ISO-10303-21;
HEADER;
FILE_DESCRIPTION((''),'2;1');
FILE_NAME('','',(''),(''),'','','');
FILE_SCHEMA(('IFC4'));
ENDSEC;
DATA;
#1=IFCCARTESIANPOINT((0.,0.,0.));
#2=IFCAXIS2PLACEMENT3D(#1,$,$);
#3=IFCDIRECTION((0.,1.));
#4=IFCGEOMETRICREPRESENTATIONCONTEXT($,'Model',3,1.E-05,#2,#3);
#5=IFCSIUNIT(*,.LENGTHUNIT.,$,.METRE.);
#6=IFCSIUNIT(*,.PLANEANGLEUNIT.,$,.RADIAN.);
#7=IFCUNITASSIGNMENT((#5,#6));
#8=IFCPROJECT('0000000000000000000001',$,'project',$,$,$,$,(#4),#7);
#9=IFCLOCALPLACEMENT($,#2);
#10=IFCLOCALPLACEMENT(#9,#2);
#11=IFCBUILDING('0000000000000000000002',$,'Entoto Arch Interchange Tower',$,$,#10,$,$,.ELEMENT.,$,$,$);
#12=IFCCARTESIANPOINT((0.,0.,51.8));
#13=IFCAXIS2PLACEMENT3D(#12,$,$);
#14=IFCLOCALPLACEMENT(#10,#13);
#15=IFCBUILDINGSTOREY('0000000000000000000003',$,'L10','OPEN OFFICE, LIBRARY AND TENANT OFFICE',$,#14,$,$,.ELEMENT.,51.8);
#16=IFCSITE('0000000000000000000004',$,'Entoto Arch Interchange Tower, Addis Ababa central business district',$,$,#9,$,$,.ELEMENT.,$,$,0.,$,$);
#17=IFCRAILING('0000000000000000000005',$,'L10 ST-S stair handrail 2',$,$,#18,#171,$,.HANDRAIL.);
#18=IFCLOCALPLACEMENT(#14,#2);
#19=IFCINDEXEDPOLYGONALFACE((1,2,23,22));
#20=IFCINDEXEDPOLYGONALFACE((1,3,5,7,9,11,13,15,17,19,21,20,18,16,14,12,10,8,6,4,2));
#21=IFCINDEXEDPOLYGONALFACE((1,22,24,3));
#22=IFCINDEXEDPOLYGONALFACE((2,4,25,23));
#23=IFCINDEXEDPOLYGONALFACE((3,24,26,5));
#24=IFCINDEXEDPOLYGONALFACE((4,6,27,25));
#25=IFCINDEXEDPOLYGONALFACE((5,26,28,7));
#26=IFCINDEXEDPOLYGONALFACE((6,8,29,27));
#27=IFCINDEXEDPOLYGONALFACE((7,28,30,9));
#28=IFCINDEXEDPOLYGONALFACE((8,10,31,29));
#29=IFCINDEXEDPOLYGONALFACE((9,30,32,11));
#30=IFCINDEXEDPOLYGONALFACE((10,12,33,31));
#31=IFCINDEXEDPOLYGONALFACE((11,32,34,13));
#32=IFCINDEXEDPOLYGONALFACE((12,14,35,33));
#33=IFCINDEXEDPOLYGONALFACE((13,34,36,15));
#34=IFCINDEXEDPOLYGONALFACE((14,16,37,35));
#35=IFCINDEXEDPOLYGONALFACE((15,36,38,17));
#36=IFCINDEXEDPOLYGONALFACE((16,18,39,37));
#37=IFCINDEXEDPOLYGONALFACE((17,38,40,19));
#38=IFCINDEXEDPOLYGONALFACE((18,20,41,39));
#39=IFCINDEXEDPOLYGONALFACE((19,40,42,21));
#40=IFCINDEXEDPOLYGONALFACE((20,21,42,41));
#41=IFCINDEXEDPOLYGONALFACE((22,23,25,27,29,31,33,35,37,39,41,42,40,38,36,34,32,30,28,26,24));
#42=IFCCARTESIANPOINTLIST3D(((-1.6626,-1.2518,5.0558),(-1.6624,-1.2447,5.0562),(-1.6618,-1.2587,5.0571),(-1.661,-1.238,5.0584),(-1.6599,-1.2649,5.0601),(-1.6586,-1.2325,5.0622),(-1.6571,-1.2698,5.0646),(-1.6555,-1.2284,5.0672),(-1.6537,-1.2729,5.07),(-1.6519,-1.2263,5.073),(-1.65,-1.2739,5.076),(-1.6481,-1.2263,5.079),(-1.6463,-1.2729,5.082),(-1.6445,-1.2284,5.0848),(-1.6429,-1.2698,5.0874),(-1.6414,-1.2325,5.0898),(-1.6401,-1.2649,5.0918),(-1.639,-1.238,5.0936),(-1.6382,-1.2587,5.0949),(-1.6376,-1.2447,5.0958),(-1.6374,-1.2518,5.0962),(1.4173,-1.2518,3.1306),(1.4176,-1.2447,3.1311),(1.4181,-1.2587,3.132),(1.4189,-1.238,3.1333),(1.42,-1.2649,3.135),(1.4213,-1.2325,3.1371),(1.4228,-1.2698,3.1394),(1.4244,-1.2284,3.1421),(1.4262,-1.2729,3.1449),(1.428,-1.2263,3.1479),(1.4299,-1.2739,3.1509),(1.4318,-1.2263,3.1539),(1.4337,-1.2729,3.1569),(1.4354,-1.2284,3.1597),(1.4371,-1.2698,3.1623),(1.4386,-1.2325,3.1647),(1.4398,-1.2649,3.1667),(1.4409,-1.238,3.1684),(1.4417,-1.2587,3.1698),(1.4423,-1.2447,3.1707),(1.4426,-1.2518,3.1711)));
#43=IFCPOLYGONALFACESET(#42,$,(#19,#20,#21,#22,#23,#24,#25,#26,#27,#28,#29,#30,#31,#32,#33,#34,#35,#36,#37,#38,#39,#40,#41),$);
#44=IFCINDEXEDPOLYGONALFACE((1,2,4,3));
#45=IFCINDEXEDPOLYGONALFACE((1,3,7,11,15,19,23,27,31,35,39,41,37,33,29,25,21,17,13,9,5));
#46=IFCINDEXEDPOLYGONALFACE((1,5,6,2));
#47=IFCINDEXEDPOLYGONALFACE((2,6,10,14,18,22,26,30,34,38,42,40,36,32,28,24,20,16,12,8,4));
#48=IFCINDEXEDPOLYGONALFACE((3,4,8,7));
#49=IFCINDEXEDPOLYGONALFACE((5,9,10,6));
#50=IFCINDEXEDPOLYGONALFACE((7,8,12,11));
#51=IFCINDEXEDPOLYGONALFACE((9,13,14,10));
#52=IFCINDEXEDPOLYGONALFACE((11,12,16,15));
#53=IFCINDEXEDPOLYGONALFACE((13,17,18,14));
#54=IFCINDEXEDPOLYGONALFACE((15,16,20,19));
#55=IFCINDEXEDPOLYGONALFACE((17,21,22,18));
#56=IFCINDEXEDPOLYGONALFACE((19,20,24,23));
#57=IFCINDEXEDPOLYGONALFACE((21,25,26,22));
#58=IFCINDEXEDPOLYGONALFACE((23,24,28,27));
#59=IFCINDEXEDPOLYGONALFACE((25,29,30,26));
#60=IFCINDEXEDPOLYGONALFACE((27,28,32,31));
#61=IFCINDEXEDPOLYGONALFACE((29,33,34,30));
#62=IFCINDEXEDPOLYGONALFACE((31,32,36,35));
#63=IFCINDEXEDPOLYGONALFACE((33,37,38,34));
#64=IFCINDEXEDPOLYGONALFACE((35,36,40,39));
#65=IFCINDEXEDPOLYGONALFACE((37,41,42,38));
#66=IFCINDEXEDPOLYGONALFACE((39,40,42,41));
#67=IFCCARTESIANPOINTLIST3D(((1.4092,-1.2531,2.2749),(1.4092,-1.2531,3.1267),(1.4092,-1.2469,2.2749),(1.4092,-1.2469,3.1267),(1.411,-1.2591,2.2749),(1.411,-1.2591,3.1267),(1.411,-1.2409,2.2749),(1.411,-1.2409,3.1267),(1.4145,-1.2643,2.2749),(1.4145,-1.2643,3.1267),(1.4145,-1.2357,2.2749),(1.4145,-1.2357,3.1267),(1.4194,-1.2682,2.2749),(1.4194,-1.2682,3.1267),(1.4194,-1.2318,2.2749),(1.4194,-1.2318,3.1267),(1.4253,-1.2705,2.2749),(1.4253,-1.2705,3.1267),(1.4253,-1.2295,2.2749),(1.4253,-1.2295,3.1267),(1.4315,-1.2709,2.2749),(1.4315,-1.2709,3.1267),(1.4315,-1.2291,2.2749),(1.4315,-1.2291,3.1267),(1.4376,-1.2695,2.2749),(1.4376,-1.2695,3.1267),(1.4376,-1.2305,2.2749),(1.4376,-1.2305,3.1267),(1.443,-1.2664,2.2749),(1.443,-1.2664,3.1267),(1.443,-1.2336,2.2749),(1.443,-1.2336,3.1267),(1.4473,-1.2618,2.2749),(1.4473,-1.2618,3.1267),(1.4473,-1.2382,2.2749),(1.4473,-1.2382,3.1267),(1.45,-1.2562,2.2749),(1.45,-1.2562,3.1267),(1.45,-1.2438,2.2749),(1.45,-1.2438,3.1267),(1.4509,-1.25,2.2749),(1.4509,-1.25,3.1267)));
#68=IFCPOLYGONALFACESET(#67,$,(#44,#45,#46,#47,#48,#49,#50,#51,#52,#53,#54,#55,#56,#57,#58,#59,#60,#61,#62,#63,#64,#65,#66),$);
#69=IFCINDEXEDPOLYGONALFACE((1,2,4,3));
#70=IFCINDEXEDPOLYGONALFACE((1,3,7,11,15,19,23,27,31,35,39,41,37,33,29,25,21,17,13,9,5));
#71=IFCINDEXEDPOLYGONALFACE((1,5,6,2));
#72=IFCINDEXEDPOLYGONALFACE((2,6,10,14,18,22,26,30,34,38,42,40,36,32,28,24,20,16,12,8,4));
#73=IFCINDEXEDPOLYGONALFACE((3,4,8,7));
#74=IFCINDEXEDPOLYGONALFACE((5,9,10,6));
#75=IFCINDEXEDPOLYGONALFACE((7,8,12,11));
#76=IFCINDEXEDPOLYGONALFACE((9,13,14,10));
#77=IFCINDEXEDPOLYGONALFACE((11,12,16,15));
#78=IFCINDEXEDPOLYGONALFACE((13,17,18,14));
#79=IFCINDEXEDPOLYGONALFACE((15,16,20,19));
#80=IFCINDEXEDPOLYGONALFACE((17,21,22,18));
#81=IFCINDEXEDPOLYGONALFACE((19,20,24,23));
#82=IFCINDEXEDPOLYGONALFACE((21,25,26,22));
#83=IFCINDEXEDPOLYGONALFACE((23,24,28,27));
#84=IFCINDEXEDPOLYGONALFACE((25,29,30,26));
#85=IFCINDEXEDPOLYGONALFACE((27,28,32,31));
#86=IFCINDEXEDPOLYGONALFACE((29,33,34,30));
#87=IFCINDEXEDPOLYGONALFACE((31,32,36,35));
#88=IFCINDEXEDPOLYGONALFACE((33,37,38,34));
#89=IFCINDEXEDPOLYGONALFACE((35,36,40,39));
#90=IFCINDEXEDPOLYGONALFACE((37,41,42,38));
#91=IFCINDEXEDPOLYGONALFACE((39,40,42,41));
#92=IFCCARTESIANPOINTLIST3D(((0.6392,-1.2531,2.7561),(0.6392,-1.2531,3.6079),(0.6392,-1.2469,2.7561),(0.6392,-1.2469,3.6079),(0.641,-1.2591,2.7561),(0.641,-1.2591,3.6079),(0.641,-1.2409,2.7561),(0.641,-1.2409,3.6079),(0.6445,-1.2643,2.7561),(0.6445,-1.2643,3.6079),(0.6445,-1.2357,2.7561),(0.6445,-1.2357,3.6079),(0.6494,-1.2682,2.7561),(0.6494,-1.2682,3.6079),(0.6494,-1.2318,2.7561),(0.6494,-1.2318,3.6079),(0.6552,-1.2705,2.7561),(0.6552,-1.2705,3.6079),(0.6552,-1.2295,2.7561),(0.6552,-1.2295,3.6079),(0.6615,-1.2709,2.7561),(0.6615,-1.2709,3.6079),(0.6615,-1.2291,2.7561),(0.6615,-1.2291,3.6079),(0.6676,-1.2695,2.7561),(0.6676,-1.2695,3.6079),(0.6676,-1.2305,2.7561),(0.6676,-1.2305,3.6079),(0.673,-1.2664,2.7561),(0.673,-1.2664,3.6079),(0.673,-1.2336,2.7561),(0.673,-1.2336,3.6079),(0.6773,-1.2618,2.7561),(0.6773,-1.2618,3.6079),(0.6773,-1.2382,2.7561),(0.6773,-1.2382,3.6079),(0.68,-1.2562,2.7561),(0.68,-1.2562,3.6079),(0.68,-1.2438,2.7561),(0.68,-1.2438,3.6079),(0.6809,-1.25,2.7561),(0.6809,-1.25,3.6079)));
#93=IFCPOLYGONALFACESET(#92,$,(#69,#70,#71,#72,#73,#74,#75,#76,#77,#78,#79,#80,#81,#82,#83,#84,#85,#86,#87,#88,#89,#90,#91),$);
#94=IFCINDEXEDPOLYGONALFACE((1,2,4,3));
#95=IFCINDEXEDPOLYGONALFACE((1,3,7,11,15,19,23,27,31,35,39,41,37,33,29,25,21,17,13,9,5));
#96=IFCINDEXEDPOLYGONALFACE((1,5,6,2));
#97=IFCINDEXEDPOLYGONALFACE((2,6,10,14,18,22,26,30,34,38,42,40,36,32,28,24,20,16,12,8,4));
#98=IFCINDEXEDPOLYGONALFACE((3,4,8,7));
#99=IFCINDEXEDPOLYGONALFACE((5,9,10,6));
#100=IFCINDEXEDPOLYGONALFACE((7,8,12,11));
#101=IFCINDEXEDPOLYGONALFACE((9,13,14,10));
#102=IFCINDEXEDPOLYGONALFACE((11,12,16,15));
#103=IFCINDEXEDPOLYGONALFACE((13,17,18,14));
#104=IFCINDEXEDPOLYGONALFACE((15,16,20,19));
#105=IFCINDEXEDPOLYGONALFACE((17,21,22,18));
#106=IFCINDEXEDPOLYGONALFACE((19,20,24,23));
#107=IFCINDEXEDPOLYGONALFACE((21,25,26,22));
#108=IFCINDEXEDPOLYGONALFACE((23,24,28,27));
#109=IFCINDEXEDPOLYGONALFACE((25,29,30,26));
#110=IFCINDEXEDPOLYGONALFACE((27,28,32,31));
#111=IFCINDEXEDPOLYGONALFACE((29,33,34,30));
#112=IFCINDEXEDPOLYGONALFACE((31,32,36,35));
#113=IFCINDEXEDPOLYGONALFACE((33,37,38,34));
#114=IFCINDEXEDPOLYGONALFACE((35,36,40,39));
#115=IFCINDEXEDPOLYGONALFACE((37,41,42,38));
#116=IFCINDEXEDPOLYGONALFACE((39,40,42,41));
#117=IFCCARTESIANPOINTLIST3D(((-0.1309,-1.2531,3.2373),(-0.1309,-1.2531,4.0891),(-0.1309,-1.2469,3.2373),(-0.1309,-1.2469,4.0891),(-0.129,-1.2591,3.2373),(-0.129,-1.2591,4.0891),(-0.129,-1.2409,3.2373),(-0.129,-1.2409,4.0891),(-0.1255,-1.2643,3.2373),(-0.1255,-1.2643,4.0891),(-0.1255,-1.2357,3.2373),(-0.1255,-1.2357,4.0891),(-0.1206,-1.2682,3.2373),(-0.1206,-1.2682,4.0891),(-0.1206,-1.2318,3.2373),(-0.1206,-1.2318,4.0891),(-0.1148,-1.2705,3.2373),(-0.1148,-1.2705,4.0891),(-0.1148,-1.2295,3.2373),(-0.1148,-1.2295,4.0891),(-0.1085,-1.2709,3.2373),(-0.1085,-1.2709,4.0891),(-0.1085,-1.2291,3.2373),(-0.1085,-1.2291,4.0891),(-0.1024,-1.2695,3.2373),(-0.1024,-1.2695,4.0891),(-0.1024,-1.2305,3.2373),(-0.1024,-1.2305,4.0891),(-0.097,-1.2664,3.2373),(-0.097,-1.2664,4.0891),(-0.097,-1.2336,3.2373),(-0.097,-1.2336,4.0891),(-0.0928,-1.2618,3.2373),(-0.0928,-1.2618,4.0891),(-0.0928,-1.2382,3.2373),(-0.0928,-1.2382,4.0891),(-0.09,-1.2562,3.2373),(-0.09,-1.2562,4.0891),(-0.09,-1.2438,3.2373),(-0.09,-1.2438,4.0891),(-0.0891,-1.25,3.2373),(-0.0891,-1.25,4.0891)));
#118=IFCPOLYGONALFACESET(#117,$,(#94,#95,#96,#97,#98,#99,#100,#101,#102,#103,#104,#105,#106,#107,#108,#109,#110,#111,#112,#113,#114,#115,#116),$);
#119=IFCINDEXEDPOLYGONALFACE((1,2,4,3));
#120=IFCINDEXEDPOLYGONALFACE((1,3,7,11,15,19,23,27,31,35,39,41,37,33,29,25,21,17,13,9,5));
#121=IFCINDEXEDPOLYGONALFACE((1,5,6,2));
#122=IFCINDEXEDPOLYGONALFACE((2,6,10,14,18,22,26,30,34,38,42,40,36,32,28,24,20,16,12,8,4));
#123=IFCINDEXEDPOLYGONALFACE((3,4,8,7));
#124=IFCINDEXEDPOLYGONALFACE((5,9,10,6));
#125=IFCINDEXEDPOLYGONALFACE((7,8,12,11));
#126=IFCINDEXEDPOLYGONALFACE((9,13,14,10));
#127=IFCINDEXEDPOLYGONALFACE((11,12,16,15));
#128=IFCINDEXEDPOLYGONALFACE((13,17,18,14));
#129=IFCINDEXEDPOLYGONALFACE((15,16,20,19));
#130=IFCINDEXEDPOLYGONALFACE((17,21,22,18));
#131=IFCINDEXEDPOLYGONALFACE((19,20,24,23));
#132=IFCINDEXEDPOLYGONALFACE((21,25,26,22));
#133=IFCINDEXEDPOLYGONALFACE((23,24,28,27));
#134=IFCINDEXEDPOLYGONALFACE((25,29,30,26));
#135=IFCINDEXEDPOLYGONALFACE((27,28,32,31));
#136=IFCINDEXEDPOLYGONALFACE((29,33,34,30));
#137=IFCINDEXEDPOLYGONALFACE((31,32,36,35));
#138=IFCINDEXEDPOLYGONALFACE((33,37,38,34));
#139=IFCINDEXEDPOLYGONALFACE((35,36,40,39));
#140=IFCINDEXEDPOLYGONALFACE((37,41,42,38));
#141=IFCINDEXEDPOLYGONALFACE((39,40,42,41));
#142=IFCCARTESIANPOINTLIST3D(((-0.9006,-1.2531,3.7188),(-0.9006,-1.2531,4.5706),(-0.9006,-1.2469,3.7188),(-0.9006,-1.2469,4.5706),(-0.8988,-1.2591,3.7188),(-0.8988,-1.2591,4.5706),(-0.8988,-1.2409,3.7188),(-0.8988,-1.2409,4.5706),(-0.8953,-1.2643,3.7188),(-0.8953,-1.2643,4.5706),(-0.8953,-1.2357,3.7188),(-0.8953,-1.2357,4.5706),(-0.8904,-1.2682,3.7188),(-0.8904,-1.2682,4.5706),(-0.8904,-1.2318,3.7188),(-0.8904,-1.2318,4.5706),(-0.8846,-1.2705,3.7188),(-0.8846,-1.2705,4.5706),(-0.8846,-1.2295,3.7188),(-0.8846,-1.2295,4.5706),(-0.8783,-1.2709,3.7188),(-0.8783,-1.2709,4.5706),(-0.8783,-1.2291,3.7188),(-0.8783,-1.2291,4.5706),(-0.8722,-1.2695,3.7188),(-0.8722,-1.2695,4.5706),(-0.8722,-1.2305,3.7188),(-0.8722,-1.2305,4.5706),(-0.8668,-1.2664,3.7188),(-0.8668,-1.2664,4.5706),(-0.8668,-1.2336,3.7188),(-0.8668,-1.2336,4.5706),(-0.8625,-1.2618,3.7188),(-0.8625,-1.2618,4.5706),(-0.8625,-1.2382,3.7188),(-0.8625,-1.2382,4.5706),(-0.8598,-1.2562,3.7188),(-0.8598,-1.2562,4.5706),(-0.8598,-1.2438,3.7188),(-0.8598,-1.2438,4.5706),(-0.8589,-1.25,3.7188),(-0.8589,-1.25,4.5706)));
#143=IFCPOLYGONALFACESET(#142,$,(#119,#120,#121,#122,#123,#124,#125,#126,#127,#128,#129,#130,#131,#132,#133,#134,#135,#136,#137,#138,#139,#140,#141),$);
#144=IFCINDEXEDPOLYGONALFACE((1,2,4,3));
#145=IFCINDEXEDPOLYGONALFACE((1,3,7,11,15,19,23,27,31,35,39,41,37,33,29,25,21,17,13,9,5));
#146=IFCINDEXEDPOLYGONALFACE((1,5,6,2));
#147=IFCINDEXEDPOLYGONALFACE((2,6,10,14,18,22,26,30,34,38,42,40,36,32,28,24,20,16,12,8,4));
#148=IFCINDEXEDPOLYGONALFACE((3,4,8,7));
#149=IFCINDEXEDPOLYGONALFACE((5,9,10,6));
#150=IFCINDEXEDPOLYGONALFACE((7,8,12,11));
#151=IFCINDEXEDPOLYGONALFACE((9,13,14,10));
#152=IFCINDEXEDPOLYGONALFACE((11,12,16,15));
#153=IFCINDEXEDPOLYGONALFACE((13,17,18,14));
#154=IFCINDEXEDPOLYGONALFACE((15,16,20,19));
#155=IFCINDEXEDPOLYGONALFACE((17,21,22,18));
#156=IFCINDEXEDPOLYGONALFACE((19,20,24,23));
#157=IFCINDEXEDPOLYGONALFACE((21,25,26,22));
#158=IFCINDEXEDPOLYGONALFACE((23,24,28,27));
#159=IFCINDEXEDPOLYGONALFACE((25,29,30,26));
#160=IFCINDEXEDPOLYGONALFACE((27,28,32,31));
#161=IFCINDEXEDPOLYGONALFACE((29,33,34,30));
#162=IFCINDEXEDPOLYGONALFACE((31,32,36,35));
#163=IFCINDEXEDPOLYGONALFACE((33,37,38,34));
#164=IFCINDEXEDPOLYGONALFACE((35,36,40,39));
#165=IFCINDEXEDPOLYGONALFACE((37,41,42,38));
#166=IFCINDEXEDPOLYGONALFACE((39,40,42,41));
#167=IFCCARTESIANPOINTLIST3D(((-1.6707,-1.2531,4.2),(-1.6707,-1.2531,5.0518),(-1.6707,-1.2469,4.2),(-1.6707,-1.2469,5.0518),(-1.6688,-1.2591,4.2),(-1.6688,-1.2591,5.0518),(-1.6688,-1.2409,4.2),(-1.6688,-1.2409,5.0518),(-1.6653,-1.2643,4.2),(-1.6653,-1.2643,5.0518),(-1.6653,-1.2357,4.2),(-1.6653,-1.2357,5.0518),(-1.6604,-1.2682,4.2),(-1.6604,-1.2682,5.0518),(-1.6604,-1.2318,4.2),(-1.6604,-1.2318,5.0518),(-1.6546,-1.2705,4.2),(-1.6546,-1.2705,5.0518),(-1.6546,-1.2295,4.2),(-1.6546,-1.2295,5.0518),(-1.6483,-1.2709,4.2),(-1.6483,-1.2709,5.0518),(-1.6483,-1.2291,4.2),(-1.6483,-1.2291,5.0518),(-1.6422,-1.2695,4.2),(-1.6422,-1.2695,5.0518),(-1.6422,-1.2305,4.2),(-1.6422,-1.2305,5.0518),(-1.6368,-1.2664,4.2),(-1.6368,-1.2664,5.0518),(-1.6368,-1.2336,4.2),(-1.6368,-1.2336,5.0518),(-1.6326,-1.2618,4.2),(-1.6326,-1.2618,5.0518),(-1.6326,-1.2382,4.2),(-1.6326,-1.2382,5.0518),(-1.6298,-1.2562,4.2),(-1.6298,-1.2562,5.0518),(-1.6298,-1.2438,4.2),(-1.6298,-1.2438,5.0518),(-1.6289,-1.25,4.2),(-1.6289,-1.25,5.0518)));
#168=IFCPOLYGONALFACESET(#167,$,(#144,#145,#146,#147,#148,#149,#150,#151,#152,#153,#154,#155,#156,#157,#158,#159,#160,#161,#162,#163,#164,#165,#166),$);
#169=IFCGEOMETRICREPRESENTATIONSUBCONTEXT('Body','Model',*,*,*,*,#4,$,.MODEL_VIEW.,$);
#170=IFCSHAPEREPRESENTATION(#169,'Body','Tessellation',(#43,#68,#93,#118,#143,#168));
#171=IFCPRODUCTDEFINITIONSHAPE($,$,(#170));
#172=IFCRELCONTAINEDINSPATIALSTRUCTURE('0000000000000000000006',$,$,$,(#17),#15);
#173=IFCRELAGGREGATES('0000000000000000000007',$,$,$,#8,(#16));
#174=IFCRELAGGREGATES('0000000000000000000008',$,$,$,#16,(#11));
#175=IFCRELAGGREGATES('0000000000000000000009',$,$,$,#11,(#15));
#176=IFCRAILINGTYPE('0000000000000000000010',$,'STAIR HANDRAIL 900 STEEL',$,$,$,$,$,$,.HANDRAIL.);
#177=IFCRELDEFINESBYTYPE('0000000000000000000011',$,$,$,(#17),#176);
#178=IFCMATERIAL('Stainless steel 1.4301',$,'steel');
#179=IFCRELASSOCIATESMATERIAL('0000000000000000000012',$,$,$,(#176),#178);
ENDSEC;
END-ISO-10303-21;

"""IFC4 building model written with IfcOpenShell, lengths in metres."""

from ifc_helpers import new_model, si_unit, direction, frame, origin, origin_2d, place, context, subcontext, project, spatial, circle, extrude, material, type_object, element, save


model = new_model("IFC4")

# Units and contexts
model_context = context("Model", 3, precision=1e-05, world=origin(), true_north=direction((0.0, 1.0)))
body_context = subcontext(model_context, "Body", "Model", "MODEL_VIEW")
ifc_project = project(units=[si_unit("LENGTHUNIT", "METRE"), si_unit("PLANEANGLEUNIT", "RADIAN")], contexts=[model_context])

# Site, building, storey
site_placement = place(None, origin())
site = spatial("IfcSite", under=ifc_project, at=site_placement, Name="Entoto Arch Interchange Tower, Addis Ababa central business district", CompositionType="ELEMENT", RefElevation=0.0)
building_placement = place(site_placement, origin())
building = spatial("IfcBuilding", under=site, at=building_placement, Name="Entoto Arch Interchange Tower", CompositionType="ELEMENT")
storey_placement = place(building_placement, frame((0.0, 0.0, 51.8)))
storey = spatial("IfcBuildingStorey", under=building, at=storey_placement, Name="L10", Description="OPEN OFFICE, LIBRARY AND TENANT OFFICE", CompositionType="ELEMENT", Elevation=51.8)

# Railing
ifc_material_1 = material(Name="Stainless steel 1.4301", Category="steel")
railing_type_1 = type_object("IfcRailingType", Name="STAIR HANDRAIL 900 STEEL", PredefinedType="HANDRAIL", material=ifc_material_1)
railing_1_placement = place(storey_placement, frame((1.4299, -1.25, 2.2749)))
element("IfcRailing", 1, at=railing_1_placement, inside=storey, type_object=railing_type_1, Name="L10 ST-S stair handrail 2", PredefinedType="HANDRAIL", context=body_context, shape_type="SweptSolid", body=[
    extrude(circle(Radius=0.0239, at=origin_2d()), frame((0.0, 0.0, 0.876), z_axis=(-0.847979, 0.0, 0.530029), x_axis=(0.0, -1.0, 0.0)), (0.0, 0.0, 1.0), 3.6321),
    extrude(circle(Radius=0.021, at=origin_2d()), origin(), (0.0, 0.0, 1.0), 0.8518),
    extrude(circle(Radius=0.021, at=origin_2d()), frame((-0.77, 0.0, 0.4812)), (0.0, 0.0, 1.0), 0.8518),
    extrude(circle(Radius=0.021, at=origin_2d()), frame((-1.54, 0.0, 0.9624)), (0.0, 0.0, 1.0), 0.8518),
    extrude(circle(Radius=0.021, at=origin_2d()), frame((-2.3098, 0.0, 1.4438)), (0.0, 0.0, 1.0), 0.8518),
    extrude(circle(Radius=0.021, at=origin_2d()), frame((-3.0798, 0.0, 1.925)), (0.0, 0.0, 1.0), 0.8518),
])

save(model, "model.ifc")
